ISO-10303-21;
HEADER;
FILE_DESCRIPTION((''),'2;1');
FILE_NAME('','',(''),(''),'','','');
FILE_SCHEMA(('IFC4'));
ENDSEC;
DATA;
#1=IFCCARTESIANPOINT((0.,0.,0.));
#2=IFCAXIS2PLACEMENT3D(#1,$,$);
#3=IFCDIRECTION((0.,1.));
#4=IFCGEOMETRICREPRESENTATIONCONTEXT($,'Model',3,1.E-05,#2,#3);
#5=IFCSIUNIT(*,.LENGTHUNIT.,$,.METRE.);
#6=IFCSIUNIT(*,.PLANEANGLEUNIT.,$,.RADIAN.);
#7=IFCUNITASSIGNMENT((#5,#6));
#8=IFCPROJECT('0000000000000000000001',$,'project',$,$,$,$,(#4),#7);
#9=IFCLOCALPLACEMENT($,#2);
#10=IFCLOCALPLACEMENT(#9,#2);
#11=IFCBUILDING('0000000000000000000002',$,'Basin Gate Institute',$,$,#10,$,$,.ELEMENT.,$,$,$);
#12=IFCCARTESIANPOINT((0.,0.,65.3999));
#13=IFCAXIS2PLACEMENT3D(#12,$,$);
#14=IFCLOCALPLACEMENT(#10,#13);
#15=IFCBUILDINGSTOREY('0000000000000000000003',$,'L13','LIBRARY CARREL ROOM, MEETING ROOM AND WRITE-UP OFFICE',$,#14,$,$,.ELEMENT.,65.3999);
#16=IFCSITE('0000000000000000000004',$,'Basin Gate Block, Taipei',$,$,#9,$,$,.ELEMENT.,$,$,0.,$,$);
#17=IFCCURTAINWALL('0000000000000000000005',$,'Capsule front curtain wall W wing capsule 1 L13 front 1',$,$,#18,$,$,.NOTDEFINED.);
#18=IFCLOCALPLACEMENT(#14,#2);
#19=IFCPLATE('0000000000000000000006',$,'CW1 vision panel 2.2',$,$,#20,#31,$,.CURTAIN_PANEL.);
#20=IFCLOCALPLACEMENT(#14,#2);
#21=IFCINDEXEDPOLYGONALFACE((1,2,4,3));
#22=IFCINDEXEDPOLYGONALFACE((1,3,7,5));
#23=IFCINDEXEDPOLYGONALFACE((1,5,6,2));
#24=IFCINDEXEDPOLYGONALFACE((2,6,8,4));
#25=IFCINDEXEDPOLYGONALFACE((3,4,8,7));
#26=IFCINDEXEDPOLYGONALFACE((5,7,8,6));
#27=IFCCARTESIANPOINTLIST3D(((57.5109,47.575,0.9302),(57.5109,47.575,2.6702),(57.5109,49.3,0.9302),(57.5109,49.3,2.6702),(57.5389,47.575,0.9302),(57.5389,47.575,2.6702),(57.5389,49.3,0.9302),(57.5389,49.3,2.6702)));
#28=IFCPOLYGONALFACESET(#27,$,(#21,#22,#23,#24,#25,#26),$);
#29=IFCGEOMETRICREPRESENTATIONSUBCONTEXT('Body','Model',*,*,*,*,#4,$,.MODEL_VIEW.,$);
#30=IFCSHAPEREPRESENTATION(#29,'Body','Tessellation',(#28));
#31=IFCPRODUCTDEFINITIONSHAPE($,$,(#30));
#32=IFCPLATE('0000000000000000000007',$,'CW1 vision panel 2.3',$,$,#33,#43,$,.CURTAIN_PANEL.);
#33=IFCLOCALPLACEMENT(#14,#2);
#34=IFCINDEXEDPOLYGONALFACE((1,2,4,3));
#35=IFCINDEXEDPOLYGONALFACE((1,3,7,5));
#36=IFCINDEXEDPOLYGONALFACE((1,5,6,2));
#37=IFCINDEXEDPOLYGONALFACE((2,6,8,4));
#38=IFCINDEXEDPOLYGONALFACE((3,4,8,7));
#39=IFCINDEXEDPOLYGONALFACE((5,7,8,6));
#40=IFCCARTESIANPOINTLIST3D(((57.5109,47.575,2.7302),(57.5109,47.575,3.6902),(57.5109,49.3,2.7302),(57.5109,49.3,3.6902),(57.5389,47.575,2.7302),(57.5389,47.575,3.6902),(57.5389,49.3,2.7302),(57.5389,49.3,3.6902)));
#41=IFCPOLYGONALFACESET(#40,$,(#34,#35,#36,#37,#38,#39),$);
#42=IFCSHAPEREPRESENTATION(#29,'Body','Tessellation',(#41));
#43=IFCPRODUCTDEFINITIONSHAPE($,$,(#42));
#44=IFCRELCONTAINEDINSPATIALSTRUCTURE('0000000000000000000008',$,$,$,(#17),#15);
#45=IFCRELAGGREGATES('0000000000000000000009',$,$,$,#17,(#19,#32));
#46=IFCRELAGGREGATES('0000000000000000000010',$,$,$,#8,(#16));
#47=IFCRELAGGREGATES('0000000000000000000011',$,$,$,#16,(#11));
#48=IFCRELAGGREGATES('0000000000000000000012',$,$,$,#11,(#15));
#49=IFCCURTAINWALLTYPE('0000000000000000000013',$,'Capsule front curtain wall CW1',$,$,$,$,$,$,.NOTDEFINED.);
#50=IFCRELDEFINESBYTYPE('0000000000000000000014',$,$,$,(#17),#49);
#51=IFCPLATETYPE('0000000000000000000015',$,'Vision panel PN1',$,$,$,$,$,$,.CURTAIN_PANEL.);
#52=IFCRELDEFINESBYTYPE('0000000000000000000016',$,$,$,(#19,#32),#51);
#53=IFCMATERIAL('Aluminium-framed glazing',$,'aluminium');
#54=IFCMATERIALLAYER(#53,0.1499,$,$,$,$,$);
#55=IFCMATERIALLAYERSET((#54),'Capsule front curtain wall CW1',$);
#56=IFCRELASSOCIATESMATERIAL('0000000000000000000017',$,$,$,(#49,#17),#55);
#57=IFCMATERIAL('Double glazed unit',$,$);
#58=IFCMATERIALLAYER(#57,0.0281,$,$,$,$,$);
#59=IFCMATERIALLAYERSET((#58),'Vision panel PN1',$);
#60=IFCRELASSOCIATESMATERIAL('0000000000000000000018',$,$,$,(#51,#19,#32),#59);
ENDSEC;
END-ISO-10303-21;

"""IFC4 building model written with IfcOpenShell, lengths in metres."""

from ifc_helpers import new_model, si_unit, direction, frame, origin, origin_2d, place, context, subcontext, project, spatial, rectangle, extrude, material, layer, layer_set, type_object, element, aggregate, save


model = new_model("IFC4")

# Units and contexts
model_context = context("Model", 3, precision=1e-05, world=origin(), true_north=direction((0.0, 1.0)))
body_context = subcontext(model_context, "Body", "Model", "MODEL_VIEW")
ifc_project = project(units=[si_unit("LENGTHUNIT", "METRE"), si_unit("PLANEANGLEUNIT", "RADIAN")], contexts=[model_context])

# Site, building, storey
site_placement = place(None, origin())
site = spatial("IfcSite", under=ifc_project, at=site_placement, Name="Basin Gate Block, Taipei", CompositionType="ELEMENT", RefElevation=0.0)
building_placement = place(site_placement, origin())
building = spatial("IfcBuilding", under=site, at=building_placement, Name="Basin Gate Institute", CompositionType="ELEMENT")
storey_placement = place(building_placement, frame((0.0, 0.0, 65.3999)))
storey = spatial("IfcBuildingStorey", under=building, at=storey_placement, Name="L13", Description="LIBRARY CARREL ROOM, MEETING ROOM AND WRITE-UP OFFICE", CompositionType="ELEMENT", Elevation=65.3999)

# Shared definitions
ifc_material_1 = material(Name="Aluminium-framed glazing", Category="aluminium")
ifc_layer_1 = layer(ifc_material_1, 0.1499)
ifc_layer_set_1 = layer_set([ifc_layer_1], Name="Capsule front curtain wall CW1")
curtain_wall_type = type_object("IfcCurtainWallType", Name="Capsule front curtain wall CW1", PredefinedType="NOTDEFINED", material=ifc_layer_set_1)

# Curtain wall
curtain_wall_1_placement = place(storey_placement, origin())
curtain_wall_1 = element("IfcCurtainWall", 1, at=curtain_wall_1_placement, inside=storey, type_object=curtain_wall_type, material=ifc_layer_set_1, Name="Capsule front curtain wall W wing capsule 1 L13 front 1", PredefinedType="NOTDEFINED")

# Plates
ifc_material_2 = material(Name="Double glazed unit")
ifc_layer_2 = layer(ifc_material_2, 0.0281)
ifc_layer_set_2 = layer_set([ifc_layer_2], Name="Vision panel PN1")
plate_type_1 = type_object("IfcPlateType", Name="Vision panel PN1", PredefinedType="CURTAIN_PANEL", material=ifc_layer_set_2)
plate_1_placement = place(storey_placement, frame((57.5249, 48.4375, 0.9302), z_axis=(0.0, 0.0, 1.0), x_axis=(0.0, 1.0, 0.0)))
plate_1 = element("IfcPlate", 2, at=plate_1_placement, type_object=plate_type_1, material=ifc_layer_set_2, Name="CW1 vision panel 2.2", PredefinedType="CURTAIN_PANEL", context=body_context, shape_type="SweptSolid", body=[
    extrude(rectangle(XDim=1.7251, YDim=0.0281, at=origin_2d()), origin(), (0.0, 0.0, 1.0), 1.74),
])
plate_2_placement = place(storey_placement, frame((57.5249, 48.4375, 2.7302), z_axis=(0.0, 0.0, 1.0), x_axis=(0.0, 1.0, 0.0)))
plate_2 = element("IfcPlate", 3, at=plate_2_placement, type_object=plate_type_1, material=ifc_layer_set_2, Name="CW1 vision panel 2.3", PredefinedType="CURTAIN_PANEL", context=body_context, shape_type="SweptSolid", body=[
    extrude(rectangle(XDim=1.7251, YDim=0.0281, at=origin_2d()), origin(), (0.0, 0.0, 1.0), 0.96),
])
aggregate(curtain_wall_1, [plate_1, plate_2])

save(model, "model.ifc")
